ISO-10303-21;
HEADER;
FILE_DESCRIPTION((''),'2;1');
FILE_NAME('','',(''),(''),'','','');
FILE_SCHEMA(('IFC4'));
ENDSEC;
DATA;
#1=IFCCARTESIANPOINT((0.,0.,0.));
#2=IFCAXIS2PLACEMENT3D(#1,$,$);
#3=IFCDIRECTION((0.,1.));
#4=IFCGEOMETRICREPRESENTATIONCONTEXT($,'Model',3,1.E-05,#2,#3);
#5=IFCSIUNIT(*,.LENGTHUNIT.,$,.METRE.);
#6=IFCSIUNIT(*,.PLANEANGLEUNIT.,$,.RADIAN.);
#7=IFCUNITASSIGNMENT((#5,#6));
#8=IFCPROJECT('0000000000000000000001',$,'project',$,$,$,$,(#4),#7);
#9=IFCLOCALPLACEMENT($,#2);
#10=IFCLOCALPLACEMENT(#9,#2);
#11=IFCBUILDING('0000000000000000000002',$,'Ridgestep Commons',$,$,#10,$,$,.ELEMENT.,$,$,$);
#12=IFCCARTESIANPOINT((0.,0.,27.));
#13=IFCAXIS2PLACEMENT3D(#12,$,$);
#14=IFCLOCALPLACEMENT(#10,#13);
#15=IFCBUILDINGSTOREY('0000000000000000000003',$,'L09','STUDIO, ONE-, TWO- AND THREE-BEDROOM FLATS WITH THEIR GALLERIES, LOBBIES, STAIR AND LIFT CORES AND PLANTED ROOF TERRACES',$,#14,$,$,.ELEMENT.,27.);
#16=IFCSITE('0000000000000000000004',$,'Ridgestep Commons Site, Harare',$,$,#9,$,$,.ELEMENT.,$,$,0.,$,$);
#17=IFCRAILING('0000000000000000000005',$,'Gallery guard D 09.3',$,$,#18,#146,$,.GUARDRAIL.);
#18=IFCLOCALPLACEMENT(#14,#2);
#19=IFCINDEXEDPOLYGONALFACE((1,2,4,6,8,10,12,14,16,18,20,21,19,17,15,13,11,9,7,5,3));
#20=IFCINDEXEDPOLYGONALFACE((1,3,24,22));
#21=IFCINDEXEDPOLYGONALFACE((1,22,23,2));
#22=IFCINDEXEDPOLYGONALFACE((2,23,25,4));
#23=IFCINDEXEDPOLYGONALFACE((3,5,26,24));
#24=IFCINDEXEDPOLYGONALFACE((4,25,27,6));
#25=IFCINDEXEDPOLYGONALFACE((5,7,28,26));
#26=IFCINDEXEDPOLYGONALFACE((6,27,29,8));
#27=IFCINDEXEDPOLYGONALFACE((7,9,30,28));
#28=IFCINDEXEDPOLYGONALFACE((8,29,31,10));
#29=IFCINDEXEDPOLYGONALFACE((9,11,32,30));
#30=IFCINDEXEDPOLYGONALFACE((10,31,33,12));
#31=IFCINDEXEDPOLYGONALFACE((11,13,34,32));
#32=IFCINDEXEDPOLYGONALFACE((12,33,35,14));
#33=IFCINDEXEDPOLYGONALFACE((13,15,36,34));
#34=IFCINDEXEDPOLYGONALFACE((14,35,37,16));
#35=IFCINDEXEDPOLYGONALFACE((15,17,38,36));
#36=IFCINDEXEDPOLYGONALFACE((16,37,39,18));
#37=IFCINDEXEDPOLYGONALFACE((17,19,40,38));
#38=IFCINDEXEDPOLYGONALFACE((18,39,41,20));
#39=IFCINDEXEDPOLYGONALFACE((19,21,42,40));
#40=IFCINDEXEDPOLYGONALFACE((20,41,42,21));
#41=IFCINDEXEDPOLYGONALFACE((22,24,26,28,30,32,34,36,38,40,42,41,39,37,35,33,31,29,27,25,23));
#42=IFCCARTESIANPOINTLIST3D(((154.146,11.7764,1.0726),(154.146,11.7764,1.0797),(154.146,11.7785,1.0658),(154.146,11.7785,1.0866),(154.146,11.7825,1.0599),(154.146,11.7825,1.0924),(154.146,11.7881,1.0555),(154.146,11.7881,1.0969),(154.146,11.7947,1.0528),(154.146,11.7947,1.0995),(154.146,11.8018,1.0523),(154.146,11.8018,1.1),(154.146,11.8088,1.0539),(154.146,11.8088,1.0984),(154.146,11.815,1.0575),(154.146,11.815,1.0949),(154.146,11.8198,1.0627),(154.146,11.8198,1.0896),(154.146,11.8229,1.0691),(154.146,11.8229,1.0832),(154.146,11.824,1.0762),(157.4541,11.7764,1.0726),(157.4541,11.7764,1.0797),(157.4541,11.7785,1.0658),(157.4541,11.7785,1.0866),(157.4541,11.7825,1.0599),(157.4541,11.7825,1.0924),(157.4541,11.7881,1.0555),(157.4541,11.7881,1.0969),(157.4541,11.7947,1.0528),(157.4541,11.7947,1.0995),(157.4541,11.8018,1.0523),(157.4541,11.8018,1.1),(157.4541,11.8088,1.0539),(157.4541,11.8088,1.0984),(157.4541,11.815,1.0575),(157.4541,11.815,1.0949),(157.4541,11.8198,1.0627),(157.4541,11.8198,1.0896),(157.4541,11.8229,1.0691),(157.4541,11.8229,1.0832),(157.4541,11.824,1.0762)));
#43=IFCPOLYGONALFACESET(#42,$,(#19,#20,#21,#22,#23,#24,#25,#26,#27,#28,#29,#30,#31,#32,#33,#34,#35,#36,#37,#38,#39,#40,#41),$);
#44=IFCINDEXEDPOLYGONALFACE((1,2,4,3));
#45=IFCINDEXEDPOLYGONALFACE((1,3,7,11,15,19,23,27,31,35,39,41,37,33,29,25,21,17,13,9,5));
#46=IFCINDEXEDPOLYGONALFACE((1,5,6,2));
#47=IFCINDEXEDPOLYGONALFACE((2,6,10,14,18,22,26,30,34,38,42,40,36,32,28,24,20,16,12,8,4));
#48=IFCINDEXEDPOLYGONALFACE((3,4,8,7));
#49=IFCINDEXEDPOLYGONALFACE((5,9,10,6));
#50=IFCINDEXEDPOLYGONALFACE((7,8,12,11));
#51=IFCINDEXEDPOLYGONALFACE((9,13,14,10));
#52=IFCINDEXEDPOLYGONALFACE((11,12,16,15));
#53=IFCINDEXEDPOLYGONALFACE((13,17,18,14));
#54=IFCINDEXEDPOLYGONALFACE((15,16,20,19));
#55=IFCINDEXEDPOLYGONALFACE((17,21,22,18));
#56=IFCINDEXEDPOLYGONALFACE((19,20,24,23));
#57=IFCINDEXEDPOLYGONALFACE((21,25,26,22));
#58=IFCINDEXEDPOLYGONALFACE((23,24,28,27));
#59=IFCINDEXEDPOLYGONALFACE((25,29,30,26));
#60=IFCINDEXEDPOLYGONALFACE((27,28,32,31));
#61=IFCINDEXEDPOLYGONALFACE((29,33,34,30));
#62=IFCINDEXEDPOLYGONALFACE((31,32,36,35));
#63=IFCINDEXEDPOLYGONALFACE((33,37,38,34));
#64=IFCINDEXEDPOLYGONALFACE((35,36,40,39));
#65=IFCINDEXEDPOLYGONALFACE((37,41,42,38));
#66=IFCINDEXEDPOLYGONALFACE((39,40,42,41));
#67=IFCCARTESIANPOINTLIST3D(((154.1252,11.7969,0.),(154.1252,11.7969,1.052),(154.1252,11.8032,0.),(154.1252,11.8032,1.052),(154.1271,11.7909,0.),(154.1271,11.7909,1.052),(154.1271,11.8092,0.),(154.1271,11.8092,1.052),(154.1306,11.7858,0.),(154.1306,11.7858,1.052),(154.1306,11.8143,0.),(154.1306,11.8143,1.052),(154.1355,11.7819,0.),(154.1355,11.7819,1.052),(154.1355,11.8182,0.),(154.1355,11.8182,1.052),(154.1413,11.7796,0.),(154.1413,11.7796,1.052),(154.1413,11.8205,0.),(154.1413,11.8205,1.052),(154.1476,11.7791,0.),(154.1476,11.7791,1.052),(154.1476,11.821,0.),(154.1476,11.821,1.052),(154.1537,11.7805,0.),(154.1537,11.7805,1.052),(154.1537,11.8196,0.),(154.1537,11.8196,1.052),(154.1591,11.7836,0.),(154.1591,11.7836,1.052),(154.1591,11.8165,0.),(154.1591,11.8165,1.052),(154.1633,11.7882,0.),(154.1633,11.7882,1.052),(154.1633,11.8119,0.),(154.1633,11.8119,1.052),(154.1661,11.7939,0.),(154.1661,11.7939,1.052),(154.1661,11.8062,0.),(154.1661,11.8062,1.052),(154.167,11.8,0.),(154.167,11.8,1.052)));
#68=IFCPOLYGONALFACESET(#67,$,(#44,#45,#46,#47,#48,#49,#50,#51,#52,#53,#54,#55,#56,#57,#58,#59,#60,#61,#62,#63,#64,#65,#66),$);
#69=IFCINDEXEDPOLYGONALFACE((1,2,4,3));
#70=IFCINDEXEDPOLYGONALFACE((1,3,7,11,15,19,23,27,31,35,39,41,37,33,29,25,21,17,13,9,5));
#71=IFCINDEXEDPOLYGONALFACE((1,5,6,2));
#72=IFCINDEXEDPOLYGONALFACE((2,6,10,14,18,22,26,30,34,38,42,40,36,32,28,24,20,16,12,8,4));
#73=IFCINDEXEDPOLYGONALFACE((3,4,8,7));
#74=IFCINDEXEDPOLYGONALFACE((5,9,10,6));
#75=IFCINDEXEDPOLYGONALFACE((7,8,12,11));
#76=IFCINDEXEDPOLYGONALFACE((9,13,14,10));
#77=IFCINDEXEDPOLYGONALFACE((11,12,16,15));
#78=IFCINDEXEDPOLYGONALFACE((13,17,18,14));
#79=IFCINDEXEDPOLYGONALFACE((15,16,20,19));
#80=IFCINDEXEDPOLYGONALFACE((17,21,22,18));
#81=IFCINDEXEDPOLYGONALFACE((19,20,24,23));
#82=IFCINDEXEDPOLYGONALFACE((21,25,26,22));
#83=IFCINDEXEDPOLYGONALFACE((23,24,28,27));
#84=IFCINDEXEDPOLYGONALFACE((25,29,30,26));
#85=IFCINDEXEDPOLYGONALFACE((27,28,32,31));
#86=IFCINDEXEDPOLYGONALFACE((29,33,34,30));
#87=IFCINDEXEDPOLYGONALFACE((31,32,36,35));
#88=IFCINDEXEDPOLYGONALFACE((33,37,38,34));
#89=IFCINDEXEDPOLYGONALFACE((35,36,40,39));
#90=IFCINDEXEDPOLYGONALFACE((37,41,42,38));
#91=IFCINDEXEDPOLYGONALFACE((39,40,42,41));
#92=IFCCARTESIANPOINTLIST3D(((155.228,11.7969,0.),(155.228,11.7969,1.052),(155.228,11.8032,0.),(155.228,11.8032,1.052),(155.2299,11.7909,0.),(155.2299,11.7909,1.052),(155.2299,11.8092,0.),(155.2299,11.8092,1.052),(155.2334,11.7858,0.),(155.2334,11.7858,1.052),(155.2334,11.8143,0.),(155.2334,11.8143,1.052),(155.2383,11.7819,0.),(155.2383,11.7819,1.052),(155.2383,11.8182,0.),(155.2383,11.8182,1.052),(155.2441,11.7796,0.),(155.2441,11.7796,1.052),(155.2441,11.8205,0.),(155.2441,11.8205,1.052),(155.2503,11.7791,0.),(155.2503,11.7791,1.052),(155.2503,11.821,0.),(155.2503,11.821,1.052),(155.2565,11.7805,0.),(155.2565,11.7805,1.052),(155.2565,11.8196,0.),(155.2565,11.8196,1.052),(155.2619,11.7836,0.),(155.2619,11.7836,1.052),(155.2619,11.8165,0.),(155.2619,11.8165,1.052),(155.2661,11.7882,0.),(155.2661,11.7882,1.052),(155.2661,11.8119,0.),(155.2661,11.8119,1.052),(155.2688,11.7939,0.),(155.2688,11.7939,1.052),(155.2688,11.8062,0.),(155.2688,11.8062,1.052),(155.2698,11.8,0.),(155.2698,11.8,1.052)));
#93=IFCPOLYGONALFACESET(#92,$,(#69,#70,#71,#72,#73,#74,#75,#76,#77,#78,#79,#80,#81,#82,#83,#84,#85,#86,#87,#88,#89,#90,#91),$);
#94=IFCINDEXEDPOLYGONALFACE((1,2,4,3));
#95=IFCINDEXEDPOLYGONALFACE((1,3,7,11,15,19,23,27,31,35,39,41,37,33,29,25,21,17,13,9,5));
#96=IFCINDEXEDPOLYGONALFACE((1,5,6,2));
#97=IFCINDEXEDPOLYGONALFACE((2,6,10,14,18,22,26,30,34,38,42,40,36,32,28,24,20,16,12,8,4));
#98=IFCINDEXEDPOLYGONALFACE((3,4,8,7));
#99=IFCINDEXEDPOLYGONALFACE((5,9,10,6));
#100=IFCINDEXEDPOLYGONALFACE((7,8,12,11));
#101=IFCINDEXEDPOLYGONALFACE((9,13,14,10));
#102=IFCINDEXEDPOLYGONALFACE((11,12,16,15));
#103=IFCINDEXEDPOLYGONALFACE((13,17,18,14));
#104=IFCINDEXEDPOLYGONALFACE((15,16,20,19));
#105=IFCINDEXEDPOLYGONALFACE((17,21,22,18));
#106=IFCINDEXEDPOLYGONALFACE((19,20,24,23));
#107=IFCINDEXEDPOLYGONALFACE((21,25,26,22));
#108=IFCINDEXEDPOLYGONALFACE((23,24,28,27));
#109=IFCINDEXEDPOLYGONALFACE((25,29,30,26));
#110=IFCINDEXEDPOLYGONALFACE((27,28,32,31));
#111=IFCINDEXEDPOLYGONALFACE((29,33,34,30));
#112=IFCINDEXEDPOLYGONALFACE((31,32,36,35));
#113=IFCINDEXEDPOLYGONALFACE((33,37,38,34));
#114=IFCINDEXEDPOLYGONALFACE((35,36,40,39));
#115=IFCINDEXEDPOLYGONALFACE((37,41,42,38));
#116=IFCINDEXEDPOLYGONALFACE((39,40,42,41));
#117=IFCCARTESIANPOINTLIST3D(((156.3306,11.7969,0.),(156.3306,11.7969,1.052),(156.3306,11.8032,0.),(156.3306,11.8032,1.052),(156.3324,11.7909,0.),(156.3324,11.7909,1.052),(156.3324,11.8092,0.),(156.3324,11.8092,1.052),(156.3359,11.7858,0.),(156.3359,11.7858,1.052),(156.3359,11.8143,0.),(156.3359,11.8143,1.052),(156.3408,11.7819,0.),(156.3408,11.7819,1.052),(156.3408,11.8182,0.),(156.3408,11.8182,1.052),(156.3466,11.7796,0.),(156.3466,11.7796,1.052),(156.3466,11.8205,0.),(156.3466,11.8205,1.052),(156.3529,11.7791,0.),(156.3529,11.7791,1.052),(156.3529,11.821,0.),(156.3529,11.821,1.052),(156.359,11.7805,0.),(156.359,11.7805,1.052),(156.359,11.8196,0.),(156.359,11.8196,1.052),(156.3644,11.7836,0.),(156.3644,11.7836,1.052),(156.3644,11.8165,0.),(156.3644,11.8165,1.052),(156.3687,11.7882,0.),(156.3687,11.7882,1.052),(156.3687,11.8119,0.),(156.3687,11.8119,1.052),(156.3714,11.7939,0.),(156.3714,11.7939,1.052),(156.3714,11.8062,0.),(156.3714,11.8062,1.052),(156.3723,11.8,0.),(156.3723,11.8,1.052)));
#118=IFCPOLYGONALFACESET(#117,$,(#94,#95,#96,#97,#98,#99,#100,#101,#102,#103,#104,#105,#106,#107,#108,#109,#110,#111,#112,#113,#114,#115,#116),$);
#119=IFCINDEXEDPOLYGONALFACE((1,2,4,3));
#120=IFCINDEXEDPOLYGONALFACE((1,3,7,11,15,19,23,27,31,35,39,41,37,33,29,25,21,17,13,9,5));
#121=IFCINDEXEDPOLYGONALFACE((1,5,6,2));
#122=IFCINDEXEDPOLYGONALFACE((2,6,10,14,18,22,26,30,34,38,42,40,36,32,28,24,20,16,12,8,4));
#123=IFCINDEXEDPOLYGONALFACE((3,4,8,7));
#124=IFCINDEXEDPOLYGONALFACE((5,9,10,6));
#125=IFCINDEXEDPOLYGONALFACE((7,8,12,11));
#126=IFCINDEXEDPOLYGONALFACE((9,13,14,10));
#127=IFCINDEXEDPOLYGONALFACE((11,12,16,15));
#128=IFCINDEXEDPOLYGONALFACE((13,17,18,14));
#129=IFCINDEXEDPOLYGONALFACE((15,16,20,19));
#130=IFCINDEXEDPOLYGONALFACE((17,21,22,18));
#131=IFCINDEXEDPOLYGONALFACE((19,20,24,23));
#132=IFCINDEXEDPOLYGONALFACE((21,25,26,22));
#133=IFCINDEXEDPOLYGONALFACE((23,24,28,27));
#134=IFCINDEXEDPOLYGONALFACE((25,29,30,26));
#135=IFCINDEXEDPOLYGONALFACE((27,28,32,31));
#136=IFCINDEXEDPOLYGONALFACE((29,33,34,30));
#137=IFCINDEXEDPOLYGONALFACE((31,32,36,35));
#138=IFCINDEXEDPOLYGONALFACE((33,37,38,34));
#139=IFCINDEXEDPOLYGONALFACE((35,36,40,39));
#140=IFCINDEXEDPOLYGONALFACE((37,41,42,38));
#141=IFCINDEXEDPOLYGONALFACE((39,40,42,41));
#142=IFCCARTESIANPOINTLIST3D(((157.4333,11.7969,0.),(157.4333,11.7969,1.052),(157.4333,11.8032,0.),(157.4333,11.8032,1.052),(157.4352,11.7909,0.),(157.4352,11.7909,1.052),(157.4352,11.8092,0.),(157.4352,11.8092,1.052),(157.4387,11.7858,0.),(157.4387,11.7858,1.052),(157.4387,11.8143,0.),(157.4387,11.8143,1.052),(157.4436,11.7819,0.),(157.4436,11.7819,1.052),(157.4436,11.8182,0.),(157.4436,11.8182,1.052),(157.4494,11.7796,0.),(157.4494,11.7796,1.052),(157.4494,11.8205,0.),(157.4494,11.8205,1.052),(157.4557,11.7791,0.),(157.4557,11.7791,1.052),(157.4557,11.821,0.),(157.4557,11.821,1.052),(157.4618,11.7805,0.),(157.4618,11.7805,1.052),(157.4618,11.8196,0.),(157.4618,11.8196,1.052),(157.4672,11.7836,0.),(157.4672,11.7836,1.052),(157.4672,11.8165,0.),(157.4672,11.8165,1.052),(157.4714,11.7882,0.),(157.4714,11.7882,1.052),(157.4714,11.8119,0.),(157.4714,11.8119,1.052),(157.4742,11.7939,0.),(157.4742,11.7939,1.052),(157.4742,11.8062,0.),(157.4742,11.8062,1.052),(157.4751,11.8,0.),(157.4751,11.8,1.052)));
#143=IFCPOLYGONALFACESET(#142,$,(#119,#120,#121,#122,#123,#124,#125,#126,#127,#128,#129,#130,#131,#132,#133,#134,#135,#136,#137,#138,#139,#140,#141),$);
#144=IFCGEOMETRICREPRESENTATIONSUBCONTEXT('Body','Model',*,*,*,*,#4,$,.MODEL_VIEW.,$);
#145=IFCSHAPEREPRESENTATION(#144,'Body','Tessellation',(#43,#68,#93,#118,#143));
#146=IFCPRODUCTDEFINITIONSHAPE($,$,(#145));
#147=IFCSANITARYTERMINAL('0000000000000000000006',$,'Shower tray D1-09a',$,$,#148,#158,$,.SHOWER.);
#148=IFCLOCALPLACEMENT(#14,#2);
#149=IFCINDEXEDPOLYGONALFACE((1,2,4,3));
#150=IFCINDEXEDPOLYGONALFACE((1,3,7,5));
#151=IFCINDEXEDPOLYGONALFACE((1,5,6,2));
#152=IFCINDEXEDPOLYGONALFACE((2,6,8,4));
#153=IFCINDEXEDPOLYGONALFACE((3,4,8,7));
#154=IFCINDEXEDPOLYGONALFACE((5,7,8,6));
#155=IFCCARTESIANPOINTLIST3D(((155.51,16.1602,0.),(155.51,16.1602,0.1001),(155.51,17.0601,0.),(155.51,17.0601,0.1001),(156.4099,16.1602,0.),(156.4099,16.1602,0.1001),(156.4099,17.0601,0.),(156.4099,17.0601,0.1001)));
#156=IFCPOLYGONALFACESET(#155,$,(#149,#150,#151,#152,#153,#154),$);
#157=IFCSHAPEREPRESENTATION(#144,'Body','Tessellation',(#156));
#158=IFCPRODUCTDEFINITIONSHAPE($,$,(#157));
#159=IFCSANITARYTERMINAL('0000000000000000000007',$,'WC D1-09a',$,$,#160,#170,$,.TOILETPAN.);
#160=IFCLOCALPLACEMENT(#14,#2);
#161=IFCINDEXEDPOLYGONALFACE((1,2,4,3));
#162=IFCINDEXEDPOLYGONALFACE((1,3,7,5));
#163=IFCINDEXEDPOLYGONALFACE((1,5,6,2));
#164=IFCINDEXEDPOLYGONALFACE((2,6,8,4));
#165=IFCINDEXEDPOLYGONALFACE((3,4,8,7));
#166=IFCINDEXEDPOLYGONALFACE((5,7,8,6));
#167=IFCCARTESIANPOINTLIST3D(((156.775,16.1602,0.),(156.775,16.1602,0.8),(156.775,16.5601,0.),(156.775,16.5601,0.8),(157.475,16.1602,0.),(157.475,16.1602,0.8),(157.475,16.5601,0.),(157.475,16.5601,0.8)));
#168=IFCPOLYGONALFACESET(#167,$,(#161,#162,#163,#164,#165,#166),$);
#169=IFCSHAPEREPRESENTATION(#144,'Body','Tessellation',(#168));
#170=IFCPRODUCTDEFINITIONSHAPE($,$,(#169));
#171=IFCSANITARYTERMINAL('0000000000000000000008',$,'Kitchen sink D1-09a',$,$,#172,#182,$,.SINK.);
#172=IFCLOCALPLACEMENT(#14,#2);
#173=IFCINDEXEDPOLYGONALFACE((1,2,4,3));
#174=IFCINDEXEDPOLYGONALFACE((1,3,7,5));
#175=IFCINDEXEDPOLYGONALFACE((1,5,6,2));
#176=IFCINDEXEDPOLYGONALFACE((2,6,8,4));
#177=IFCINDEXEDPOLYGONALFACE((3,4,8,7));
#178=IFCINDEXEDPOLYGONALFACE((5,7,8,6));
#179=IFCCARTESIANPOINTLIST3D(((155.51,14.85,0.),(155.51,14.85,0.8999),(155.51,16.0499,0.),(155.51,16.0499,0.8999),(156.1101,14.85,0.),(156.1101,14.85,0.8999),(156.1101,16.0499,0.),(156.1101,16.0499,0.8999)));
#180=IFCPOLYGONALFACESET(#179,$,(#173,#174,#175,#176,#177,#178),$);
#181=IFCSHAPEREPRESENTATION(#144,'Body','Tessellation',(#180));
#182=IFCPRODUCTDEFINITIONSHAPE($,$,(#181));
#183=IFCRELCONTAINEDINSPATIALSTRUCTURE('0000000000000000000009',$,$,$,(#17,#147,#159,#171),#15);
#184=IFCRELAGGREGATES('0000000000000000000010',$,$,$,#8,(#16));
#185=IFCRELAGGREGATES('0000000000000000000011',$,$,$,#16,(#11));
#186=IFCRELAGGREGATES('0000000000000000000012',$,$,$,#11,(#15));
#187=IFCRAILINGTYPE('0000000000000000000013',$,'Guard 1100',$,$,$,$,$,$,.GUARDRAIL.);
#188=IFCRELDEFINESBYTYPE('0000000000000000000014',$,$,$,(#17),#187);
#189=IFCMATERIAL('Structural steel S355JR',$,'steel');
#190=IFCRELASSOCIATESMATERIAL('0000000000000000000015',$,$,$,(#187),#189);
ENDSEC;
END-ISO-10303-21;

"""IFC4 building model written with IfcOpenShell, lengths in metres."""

from ifc_helpers import new_model, si_unit, direction, frame, origin, origin_2d, place, context, subcontext, project, spatial, rectangle, circle, extrude, material, type_object, element, save


model = new_model("IFC4")

# Units and contexts
model_context = context("Model", 3, precision=1e-05, world=origin(), true_north=direction((0.0, 1.0)))
body_context = subcontext(model_context, "Body", "Model", "MODEL_VIEW")
ifc_project = project(units=[si_unit("LENGTHUNIT", "METRE"), si_unit("PLANEANGLEUNIT", "RADIAN")], contexts=[model_context])

# Site, building, storey
site_placement = place(None, origin())
site = spatial("IfcSite", under=ifc_project, at=site_placement, Name="Ridgestep Commons Site, Harare", CompositionType="ELEMENT", RefElevation=0.0)
building_placement = place(site_placement, origin())
building = spatial("IfcBuilding", under=site, at=building_placement, Name="Ridgestep Commons", CompositionType="ELEMENT")
storey_placement = place(building_placement, frame((0.0, 0.0, 27.0)))
storey = spatial("IfcBuildingStorey", under=building, at=storey_placement, Name="L09", Description="STUDIO, ONE-, TWO- AND THREE-BEDROOM FLATS WITH THEIR GALLERIES, LOBBIES, STAIR AND LIFT CORES AND PLANTED ROOF TERRACES", CompositionType="ELEMENT", Elevation=27.0)

# Railing
ifc_material_1 = material(Name="Structural steel S355JR", Category="steel")
railing_type = type_object("IfcRailingType", Name="Guard 1100", PredefinedType="GUARDRAIL", material=ifc_material_1)
for number, where, name in (
    (1, (154.146, 11.8, 0.0), "Gallery guard D 09.3"),
):
    element("IfcRailing", number, at=place(storey_placement, frame(where)), inside=storey, type_object=railing_type, Name=name, PredefinedType="GUARDRAIL", context=body_context, shape_type="SweptSolid", body=[
        extrude(circle(Radius=0.0239, at=origin_2d()), frame((0.0, 0.0, 1.0762), z_axis=(1.0, 0.0, 0.0), x_axis=(0.0, 1.0, 0.0)), (0.0, 0.0, 1.0), 3.3081),
        extrude(circle(Radius=0.021, at=origin_2d()), origin(), (0.0, 0.0, 1.0), 1.052),
        extrude(circle(Radius=0.021, at=origin_2d()), frame((1.1028, 0.0, 0.0)), (0.0, 0.0, 1.0), 1.052),
        extrude(circle(Radius=0.021, at=origin_2d()), frame((2.2053, 0.0, 0.0)), (0.0, 0.0, 1.0), 1.052),
        extrude(circle(Radius=0.021, at=origin_2d()), frame((3.3081, 0.0, 0.0)), (0.0, 0.0, 1.0), 1.052),
    ])

# Sanitary terminals
sanitary_terminal_1_placement = place(storey_placement, frame((155.96, 16.6101, 0.0), z_axis=(0.0, 0.0, 1.0), x_axis=(1.0, 0.0, 0.0)))
element("IfcSanitaryTerminal", 2, at=sanitary_terminal_1_placement, inside=storey, Name="Shower tray D1-09a", PredefinedType="SHOWER", context=body_context, shape_type="SweptSolid", body=[
    extrude(rectangle(XDim=0.8999, YDim=0.8999, at=origin_2d()), origin(), (0.0, 0.0, 1.0), 0.1001),
])
sanitary_terminal_2_placement = place(storey_placement, frame((157.125, 16.3601, 0.0), z_axis=(0.0, 0.0, 1.0), x_axis=(1.0, 0.0, 0.0)))
element("IfcSanitaryTerminal", 3, at=sanitary_terminal_2_placement, inside=storey, Name="WC D1-09a", PredefinedType="TOILETPAN", context=body_context, shape_type="SweptSolid", body=[
    extrude(rectangle(XDim=0.7, YDim=0.3999, at=origin_2d()), origin(), (0.0, 0.0, 1.0), 0.8),
])
sanitary_terminal_3_placement = place(storey_placement, frame((155.8101, 15.45, 0.0), z_axis=(0.0, 0.0, 1.0), x_axis=(1.0, 0.0, 0.0)))
element("IfcSanitaryTerminal", 4, at=sanitary_terminal_3_placement, inside=storey, Name="Kitchen sink D1-09a", PredefinedType="SINK", context=body_context, shape_type="SweptSolid", body=[
    extrude(rectangle(XDim=0.6001, YDim=1.2, at=origin_2d()), origin(), (0.0, 0.0, 1.0), 0.8999),
])

save(model, "model.ifc")
